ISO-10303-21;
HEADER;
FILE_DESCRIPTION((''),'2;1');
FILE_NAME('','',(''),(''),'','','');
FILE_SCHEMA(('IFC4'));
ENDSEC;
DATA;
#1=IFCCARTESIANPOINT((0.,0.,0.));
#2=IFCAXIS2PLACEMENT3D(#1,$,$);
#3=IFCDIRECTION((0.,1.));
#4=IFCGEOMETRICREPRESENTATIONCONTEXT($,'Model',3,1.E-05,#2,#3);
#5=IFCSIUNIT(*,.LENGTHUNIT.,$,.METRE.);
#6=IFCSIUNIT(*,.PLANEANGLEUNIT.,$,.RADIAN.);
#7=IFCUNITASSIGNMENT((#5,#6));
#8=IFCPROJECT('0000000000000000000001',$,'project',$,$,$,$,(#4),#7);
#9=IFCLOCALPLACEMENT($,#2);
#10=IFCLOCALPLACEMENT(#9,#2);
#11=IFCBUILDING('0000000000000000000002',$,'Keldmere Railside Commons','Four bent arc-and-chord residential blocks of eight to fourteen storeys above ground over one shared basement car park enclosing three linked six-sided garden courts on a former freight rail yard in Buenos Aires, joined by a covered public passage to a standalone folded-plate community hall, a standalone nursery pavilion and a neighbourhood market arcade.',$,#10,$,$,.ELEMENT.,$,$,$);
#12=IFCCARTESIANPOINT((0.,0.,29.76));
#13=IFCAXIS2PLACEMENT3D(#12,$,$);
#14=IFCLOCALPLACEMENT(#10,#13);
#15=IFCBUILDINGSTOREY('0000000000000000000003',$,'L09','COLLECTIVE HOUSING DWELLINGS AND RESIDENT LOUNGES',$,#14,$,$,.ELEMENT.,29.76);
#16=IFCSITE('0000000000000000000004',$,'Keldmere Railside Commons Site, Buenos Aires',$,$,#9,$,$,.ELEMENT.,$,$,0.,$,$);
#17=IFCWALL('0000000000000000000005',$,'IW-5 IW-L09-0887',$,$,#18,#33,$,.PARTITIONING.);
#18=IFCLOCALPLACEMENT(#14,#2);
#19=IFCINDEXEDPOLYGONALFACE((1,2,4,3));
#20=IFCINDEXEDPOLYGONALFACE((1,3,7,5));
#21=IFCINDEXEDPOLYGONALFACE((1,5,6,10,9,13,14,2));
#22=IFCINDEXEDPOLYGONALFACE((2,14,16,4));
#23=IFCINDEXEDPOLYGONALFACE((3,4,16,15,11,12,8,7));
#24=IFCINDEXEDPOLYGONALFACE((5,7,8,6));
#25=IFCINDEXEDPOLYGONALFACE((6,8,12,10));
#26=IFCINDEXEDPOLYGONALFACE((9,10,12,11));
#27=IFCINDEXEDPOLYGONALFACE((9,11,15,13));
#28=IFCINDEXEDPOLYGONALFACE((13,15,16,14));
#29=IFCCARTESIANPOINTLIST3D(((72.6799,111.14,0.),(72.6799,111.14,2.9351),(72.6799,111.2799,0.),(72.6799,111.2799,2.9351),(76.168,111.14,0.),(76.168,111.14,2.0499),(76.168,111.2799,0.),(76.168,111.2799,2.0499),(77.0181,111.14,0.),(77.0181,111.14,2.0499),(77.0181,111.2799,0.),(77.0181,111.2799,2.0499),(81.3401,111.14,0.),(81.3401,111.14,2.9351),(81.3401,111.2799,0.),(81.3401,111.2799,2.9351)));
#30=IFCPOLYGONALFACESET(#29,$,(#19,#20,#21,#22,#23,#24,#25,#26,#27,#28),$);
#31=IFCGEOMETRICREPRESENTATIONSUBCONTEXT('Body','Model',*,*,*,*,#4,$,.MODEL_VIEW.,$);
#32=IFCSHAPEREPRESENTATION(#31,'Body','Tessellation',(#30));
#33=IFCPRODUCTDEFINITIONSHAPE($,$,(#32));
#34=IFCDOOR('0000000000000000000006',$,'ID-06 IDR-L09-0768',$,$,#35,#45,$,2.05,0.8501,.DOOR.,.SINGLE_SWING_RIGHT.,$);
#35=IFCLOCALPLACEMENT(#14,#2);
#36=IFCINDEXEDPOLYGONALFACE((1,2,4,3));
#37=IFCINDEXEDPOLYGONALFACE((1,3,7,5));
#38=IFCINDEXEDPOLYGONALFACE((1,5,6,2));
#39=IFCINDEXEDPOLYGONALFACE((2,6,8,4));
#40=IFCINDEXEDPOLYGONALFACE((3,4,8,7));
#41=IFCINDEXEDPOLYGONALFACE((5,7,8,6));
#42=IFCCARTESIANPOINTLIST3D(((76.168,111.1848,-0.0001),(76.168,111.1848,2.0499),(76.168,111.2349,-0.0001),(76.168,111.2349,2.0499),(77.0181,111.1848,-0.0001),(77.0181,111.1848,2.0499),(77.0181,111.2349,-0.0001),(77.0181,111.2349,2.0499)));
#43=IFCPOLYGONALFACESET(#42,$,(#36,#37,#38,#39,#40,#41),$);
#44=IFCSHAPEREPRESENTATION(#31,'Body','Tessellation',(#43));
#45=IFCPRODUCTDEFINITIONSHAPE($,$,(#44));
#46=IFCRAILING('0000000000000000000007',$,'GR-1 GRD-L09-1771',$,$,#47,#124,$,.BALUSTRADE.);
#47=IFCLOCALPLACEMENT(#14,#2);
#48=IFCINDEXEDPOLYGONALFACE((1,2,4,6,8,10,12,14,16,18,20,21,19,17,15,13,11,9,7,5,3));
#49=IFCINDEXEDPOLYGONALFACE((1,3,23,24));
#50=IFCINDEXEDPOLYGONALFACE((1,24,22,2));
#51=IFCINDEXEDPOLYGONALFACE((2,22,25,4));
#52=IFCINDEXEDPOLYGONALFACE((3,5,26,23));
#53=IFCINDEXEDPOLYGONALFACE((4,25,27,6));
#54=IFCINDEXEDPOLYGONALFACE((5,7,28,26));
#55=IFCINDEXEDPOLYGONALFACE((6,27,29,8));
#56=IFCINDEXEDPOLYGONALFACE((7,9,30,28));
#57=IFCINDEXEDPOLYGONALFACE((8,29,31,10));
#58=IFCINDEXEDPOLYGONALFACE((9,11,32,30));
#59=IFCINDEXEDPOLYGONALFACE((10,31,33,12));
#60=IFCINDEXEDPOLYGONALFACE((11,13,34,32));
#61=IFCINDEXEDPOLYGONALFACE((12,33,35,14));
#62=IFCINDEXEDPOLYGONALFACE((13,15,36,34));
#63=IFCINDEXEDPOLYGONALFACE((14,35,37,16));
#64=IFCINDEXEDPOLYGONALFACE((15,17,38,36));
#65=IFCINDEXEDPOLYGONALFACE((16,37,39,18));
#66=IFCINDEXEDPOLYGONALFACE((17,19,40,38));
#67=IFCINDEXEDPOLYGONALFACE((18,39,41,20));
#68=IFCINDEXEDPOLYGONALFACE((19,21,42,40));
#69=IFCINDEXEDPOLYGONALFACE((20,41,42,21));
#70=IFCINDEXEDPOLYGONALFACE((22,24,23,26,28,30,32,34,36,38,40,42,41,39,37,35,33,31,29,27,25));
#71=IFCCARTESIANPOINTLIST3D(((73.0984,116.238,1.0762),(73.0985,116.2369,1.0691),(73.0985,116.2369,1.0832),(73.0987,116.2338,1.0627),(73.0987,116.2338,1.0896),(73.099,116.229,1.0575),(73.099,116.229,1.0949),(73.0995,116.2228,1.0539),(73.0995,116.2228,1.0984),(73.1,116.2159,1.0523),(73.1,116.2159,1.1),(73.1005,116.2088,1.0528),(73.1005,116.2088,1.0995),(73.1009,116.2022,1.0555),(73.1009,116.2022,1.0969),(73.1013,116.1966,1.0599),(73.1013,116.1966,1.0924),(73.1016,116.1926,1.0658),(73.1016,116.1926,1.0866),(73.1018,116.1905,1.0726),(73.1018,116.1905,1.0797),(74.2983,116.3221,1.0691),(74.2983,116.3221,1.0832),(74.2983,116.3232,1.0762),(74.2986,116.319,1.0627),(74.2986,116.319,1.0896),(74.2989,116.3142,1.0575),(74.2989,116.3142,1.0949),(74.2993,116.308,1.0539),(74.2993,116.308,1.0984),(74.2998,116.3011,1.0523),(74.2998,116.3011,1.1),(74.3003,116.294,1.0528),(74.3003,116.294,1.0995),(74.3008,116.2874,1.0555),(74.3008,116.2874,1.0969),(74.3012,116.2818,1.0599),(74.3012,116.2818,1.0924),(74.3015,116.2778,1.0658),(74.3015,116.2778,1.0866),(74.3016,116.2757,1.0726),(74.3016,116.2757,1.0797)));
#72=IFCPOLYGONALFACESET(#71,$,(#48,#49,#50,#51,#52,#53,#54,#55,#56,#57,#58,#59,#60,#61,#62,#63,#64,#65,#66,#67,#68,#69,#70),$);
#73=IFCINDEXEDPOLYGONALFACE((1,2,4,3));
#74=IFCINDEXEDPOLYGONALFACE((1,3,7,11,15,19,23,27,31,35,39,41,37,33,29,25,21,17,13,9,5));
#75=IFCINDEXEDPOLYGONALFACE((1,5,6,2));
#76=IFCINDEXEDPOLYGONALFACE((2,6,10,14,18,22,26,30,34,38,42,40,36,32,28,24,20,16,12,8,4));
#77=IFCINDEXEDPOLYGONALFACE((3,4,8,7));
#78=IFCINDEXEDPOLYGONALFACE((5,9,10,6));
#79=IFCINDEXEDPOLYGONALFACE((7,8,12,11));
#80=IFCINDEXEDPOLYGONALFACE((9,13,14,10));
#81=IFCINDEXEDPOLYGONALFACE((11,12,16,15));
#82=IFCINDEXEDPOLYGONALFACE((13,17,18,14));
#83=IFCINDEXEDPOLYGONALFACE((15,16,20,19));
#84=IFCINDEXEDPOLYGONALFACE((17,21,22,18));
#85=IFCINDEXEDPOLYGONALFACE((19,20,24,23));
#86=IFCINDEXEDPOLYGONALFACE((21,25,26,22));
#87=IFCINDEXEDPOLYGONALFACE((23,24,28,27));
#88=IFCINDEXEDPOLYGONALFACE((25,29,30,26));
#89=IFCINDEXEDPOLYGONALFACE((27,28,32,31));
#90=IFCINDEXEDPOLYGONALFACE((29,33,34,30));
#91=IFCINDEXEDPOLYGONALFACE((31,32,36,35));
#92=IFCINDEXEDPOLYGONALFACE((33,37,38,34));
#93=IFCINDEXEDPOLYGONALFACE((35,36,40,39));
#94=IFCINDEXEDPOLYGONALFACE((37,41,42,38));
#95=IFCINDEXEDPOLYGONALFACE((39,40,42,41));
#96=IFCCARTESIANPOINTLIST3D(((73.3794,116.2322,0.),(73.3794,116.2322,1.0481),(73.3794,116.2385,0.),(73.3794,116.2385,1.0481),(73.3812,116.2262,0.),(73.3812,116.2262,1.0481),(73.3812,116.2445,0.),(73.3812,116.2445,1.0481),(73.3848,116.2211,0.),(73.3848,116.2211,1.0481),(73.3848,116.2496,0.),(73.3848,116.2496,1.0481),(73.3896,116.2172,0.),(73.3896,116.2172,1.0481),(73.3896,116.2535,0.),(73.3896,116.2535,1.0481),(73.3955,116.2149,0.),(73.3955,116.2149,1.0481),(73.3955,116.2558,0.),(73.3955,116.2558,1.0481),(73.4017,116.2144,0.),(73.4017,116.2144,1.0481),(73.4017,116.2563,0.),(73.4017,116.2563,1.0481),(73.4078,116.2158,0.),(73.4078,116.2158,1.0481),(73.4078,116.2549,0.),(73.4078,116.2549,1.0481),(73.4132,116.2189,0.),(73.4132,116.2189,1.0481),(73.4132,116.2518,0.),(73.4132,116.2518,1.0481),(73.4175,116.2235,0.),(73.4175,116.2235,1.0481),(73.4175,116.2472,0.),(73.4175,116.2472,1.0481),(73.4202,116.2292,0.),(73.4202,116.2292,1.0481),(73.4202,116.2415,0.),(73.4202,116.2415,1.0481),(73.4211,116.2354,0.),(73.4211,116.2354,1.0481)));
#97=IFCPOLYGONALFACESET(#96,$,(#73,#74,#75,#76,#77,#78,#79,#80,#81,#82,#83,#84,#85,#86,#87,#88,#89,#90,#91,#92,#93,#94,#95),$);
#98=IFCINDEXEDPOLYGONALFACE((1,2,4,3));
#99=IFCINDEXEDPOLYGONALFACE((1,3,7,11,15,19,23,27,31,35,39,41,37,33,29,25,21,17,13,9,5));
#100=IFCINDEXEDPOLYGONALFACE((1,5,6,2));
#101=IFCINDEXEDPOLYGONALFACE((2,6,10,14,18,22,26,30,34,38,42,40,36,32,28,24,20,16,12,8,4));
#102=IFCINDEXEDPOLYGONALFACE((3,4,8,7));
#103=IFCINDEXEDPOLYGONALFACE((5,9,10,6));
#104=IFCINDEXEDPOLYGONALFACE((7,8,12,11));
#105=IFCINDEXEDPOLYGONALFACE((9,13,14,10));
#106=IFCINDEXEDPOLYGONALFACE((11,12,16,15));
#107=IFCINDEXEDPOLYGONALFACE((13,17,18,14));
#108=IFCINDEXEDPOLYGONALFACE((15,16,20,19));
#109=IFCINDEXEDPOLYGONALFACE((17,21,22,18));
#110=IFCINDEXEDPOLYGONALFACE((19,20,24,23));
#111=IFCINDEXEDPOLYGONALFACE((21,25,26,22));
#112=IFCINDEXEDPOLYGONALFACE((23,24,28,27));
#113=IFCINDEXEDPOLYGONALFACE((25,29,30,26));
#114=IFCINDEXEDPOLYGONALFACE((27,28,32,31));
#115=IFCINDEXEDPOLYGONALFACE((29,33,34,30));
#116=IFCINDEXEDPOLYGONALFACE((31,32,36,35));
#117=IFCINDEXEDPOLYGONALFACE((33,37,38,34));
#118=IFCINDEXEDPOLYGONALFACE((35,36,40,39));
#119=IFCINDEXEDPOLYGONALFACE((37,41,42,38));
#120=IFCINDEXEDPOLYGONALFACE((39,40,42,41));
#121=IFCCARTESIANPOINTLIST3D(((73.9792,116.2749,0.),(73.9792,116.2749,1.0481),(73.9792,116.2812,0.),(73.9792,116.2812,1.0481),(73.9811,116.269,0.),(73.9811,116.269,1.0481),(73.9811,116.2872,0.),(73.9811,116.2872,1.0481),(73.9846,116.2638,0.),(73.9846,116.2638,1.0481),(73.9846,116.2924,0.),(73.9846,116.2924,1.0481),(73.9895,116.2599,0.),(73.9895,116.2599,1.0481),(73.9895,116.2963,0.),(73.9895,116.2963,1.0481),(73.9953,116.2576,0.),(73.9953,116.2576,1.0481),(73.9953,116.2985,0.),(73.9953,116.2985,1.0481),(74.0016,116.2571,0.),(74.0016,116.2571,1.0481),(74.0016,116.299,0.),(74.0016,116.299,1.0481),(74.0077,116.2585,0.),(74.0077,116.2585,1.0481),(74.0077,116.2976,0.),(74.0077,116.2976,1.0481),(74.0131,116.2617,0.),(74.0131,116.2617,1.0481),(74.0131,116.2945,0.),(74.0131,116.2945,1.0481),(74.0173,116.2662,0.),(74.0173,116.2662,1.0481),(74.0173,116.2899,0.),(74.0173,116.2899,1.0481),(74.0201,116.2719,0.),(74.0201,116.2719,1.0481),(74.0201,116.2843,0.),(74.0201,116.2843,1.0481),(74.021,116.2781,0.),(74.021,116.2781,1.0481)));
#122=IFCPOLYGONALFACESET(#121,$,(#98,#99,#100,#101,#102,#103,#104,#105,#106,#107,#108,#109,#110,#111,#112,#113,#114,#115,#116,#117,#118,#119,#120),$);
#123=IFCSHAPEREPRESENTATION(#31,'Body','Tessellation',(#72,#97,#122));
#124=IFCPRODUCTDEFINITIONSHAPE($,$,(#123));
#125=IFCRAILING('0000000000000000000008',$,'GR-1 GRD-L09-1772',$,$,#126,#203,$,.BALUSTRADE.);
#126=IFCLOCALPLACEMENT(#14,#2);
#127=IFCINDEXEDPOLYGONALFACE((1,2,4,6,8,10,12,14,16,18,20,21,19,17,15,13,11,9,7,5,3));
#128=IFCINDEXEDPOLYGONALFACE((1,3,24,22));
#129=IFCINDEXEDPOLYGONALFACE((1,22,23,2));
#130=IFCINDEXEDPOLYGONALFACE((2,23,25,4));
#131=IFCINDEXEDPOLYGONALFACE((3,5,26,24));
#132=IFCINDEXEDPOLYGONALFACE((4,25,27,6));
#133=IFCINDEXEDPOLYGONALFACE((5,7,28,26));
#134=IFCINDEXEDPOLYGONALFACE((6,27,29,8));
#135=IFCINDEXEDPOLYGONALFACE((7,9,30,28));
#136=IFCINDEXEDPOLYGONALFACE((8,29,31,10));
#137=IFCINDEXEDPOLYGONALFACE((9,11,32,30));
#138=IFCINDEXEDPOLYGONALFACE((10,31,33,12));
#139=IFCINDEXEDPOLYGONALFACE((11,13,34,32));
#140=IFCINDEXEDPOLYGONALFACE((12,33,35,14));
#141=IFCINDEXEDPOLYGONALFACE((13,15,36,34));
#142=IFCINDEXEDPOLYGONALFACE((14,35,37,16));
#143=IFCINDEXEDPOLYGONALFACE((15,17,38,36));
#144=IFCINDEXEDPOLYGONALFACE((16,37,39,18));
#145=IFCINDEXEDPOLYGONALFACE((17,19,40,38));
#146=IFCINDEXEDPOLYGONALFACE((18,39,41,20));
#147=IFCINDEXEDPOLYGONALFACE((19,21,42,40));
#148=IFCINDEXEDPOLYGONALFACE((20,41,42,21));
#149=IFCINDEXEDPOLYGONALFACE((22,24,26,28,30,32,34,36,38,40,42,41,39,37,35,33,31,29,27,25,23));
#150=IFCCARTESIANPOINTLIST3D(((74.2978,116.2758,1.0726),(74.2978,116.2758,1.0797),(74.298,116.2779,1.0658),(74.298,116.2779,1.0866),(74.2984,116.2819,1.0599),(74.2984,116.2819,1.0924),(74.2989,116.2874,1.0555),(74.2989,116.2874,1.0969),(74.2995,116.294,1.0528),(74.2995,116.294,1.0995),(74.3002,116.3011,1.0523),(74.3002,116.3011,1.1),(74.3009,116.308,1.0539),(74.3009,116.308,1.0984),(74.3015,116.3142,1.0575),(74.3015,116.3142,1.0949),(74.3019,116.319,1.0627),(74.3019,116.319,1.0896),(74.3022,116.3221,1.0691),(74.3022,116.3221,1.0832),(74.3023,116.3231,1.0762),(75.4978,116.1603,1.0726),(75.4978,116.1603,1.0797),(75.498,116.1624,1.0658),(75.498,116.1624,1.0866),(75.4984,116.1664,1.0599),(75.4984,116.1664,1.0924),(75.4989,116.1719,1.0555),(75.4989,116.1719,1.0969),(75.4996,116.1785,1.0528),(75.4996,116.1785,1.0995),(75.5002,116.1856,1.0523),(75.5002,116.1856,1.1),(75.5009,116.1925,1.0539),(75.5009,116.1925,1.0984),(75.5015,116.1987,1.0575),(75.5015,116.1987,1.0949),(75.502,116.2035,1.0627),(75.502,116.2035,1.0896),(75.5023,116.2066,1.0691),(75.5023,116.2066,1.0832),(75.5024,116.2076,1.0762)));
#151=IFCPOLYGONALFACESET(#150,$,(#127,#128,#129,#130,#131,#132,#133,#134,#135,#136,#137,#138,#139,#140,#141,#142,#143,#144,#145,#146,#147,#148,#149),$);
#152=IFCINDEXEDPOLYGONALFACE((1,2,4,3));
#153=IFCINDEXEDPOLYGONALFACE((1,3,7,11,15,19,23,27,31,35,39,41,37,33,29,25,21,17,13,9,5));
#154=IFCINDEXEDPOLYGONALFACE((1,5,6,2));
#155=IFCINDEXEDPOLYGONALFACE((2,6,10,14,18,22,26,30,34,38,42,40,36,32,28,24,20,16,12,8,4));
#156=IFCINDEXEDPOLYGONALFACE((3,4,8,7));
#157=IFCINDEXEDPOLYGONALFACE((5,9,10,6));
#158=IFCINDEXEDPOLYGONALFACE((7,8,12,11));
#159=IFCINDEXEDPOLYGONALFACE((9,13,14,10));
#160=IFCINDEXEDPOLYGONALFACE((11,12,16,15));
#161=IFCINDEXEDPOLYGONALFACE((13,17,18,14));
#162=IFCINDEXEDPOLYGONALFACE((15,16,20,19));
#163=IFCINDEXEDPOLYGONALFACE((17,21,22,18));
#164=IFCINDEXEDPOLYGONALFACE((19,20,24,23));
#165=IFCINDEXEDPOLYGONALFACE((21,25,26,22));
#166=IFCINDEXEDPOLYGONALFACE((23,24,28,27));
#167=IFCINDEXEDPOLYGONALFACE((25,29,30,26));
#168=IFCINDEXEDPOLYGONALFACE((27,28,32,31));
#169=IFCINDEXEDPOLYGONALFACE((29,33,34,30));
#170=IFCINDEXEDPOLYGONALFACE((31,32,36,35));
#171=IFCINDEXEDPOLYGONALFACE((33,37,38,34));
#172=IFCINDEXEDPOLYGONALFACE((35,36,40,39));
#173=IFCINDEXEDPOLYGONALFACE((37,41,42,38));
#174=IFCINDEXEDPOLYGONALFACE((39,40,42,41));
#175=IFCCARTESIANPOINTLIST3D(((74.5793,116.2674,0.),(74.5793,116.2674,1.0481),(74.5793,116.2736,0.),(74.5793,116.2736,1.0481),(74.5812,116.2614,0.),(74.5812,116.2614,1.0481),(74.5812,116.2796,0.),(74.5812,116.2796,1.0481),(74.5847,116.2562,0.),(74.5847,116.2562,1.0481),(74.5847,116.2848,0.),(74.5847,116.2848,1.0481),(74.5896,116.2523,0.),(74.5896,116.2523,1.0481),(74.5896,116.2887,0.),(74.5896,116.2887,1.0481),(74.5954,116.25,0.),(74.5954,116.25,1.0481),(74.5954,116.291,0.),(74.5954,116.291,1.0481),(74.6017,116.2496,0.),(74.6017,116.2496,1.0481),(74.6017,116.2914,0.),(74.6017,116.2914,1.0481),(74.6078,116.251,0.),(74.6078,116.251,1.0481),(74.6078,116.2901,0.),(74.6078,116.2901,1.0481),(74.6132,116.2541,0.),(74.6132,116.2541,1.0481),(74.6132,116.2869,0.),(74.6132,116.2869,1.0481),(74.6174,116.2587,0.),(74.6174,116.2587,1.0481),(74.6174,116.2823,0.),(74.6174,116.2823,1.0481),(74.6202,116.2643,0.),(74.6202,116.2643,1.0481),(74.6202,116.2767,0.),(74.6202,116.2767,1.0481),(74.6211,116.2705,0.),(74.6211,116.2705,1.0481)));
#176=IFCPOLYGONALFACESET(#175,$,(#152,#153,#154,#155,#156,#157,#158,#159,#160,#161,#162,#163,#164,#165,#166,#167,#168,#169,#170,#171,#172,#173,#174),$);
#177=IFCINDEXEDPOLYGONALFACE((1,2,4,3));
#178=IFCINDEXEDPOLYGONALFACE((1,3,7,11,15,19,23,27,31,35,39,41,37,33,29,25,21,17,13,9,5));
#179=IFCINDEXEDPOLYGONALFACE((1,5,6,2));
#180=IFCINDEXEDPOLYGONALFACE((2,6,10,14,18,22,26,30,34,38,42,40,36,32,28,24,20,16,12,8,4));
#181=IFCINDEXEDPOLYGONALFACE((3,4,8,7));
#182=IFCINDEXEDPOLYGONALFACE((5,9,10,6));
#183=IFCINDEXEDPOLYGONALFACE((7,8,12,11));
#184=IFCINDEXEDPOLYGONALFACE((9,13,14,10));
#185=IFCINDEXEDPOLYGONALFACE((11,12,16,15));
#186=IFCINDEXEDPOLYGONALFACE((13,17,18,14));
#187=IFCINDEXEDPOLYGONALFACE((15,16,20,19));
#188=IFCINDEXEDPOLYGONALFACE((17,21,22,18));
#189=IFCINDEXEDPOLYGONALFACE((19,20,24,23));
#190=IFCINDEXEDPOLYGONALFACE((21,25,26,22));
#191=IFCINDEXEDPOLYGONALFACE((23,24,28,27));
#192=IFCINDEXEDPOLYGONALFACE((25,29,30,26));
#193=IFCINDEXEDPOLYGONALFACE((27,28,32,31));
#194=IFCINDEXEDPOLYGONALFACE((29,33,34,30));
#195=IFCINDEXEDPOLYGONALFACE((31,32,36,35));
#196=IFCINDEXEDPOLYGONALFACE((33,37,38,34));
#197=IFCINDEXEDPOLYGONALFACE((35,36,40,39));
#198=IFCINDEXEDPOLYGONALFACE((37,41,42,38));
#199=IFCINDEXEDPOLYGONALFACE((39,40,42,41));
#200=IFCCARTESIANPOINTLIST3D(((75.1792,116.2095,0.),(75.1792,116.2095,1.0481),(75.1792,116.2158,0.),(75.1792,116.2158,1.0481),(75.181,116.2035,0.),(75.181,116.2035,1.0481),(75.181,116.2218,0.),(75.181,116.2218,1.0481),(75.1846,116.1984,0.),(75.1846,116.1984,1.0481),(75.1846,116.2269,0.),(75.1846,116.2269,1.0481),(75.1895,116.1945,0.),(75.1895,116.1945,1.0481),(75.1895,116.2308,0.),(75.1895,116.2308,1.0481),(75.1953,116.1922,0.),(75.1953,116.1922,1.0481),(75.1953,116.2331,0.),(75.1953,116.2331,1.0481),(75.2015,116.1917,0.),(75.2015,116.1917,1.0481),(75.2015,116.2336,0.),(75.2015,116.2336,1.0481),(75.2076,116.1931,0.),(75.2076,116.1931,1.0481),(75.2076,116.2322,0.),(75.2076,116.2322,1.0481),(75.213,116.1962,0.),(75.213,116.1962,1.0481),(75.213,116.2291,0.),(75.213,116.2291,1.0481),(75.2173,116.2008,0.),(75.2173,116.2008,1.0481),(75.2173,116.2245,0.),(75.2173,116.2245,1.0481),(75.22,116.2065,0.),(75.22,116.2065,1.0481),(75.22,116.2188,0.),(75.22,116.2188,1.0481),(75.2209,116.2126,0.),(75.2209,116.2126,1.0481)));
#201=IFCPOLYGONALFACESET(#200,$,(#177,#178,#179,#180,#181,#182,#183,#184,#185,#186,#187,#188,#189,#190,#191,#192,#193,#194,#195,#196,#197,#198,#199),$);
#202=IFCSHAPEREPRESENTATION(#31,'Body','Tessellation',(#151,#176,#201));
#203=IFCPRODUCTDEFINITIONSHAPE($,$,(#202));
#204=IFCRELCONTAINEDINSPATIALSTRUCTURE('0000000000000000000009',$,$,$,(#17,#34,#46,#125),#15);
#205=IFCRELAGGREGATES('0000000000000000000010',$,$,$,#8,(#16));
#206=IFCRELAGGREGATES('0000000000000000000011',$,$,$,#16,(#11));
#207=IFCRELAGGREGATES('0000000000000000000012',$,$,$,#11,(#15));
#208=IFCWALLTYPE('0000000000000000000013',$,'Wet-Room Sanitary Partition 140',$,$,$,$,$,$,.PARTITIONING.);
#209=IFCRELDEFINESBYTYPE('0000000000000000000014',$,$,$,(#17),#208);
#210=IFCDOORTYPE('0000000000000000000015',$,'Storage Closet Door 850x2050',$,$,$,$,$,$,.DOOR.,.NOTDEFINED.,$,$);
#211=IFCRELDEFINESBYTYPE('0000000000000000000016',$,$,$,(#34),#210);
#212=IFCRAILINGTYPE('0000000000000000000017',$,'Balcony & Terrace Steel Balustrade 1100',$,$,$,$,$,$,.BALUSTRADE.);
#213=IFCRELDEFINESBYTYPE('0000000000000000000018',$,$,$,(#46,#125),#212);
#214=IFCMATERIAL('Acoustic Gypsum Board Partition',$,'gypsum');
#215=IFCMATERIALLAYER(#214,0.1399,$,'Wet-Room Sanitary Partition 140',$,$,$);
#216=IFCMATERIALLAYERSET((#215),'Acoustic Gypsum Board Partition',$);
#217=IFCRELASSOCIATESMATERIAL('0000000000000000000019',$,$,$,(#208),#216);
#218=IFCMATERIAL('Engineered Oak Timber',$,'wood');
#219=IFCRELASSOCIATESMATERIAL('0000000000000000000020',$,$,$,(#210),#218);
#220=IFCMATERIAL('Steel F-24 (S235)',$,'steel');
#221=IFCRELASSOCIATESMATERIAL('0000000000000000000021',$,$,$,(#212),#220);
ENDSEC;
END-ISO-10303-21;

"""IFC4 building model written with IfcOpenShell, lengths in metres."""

from ifc_helpers import new_model, si_unit, direction, frame, frame_2d, origin, origin_2d, place, context, subcontext, project, spatial, rectangle, circle, extrude, material, layer, layer_set, type_object, element, fill, save


model = new_model("IFC4")

# Units and contexts
model_context = context("Model", 3, precision=1e-05, world=origin(), true_north=direction((0.0, 1.0)))
body_context = subcontext(model_context, "Body", "Model", "MODEL_VIEW")
ifc_project = project(units=[si_unit("LENGTHUNIT", "METRE"), si_unit("PLANEANGLEUNIT", "RADIAN")], contexts=[model_context])

# Site, building, storey
site_placement = place(None, origin())
site = spatial("IfcSite", under=ifc_project, at=site_placement, Name="Keldmere Railside Commons Site, Buenos Aires", CompositionType="ELEMENT", RefElevation=0.0)
building_placement = place(site_placement, origin())
building = spatial("IfcBuilding", under=site, at=building_placement, Name="Keldmere Railside Commons", Description="Four bent arc-and-chord residential blocks of eight to fourteen storeys above ground over one shared basement car park enclosing three linked six-sided garden courts on a former freight rail yard in Buenos Aires, joined by a covered public passage to a standalone folded-plate community hall, a standalone nursery pavilion and a neighbourhood market arcade.", CompositionType="ELEMENT")
storey_placement = place(building_placement, frame((0.0, 0.0, 29.76)))
storey = spatial("IfcBuildingStorey", under=building, at=storey_placement, Name="L09", Description="COLLECTIVE HOUSING DWELLINGS AND RESIDENT LOUNGES", CompositionType="ELEMENT", Elevation=29.76)

# Shared definitions
ifc_material_1 = material(Name="Acoustic Gypsum Board Partition", Category="gypsum")
ifc_material_2 = material(Name="Engineered Oak Timber", Category="wood")

# Wall, opening, door
ifc_layer_1 = layer(ifc_material_1, 0.1399, Name="Wet-Room Sanitary Partition 140")
ifc_layer_set_1 = layer_set([ifc_layer_1], Name="Acoustic Gypsum Board Partition")
wall_type_1 = type_object("IfcWallType", Name="Wet-Room Sanitary Partition 140", PredefinedType="PARTITIONING", material=ifc_layer_set_1)
wall_1_placement = place(storey_placement, frame((72.6799, 111.21, 0.0), z_axis=(0.0, 0.0, 1.0), x_axis=(1.0, 0.0, 0.0)))
wall_1 = element("IfcWall", 1, at=wall_1_placement, inside=storey, type_object=wall_type_1, Name="IW-5 IW-L09-0887", PredefinedType="PARTITIONING", context=body_context, shape_type="SweptSolid", body=[
    extrude(rectangle(XDim=8.6602, YDim=0.1399, at=frame_2d((4.3301, 0.0))), origin(), (0.0, 0.0, 1.0), 2.9351),
])
opening_1_placement = place(wall_1_placement, frame((3.488, 0.0, 0.0)))
opening_1 = element("IfcOpeningElement", 2, at=opening_1_placement, cuts=wall_1, PredefinedType="OPENING", context=body_context, shape_type="SweptSolid", body=[
    extrude(rectangle(XDim=0.8501, YDim=2.05, at=frame_2d((0.425, 1.0249))), frame((0.0, 0.0798, 0.0), z_axis=(0.0, -1.0, 0.0), x_axis=(1.0, 0.0, 0.0)), (0.0, 0.0, 1.0), 0.1599),
])
door_type_1 = type_object("IfcDoorType", Name="Storage Closet Door 850x2050", OperationType="NOTDEFINED", PredefinedType="DOOR", material=ifc_material_2)
door_1_placement = place(opening_1_placement, origin())
door_1 = element("IfcDoor", 3, at=door_1_placement, inside=storey, type_object=door_type_1, Name="ID-06 IDR-L09-0768", OperationType="SINGLE_SWING_RIGHT", OverallHeight=2.05, OverallWidth=0.8501, PredefinedType="DOOR", context=body_context, shape_type="SweptSolid", body=[
    extrude(rectangle(XDim=0.8501, YDim=2.05, at=frame_2d((0.425, 1.0249))), frame((0.0, 0.0249, 0.0), z_axis=(0.0, -1.0, 0.0), x_axis=(1.0, 0.0, 0.0)), (0.0, 0.0, 1.0), 0.05),
])
fill(opening_1, door_1)

# Railings
ifc_material_3 = material(Name="Steel F-24 (S235)", Category="steel")
railing_type_1 = type_object("IfcRailingType", Name="Balcony & Terrace Steel Balustrade 1100", PredefinedType="BALUSTRADE", material=ifc_material_3)
railing_1_placement = place(storey_placement, frame((73.1001, 116.2141, 0.0)))
element("IfcRailing", 4, at=railing_1_placement, inside=storey, type_object=railing_type_1, Name="GR-1 GRD-L09-1771", PredefinedType="BALUSTRADE", context=body_context, shape_type="SweptSolid", body=[
    extrude(circle(Radius=0.0239, at=origin_2d()), frame((0.0, 0.0, 1.0762), z_axis=(0.997488, 0.070829, 0.0), x_axis=(-0.070829, 0.997488, 0.0)), (0.0, 0.0, 1.0), 1.2029),
    extrude(circle(Radius=0.021, at=origin_2d()), frame((0.3, 0.0212, 0.0)), (0.0, 0.0, 1.0), 1.0481),
    extrude(circle(Radius=0.021, at=origin_2d()), frame((0.8999, 0.064, 0.0)), (0.0, 0.0, 1.0), 1.0481),
])
railing_2_placement = place(storey_placement, frame((74.3, 116.2993, 0.0)))
element("IfcRailing", 5, at=railing_2_placement, inside=storey, type_object=railing_type_1, Name="GR-1 GRD-L09-1772", PredefinedType="BALUSTRADE", context=body_context, shape_type="SweptSolid", body=[
    extrude(circle(Radius=0.0239, at=origin_2d()), frame((0.0, 0.0, 1.0762), z_axis=(0.995401, -0.095793, 0.0), x_axis=(0.095793, 0.995401, 0.0)), (0.0, 0.0, 1.0), 1.2056),
    extrude(circle(Radius=0.021, at=origin_2d()), frame((0.3, -0.0288, 0.0)), (0.0, 0.0, 1.0), 1.0481),
    extrude(circle(Radius=0.021, at=origin_2d()), frame((0.8999, -0.0867, 0.0)), (0.0, 0.0, 1.0), 1.0481),
])

save(model, "model.ifc")
